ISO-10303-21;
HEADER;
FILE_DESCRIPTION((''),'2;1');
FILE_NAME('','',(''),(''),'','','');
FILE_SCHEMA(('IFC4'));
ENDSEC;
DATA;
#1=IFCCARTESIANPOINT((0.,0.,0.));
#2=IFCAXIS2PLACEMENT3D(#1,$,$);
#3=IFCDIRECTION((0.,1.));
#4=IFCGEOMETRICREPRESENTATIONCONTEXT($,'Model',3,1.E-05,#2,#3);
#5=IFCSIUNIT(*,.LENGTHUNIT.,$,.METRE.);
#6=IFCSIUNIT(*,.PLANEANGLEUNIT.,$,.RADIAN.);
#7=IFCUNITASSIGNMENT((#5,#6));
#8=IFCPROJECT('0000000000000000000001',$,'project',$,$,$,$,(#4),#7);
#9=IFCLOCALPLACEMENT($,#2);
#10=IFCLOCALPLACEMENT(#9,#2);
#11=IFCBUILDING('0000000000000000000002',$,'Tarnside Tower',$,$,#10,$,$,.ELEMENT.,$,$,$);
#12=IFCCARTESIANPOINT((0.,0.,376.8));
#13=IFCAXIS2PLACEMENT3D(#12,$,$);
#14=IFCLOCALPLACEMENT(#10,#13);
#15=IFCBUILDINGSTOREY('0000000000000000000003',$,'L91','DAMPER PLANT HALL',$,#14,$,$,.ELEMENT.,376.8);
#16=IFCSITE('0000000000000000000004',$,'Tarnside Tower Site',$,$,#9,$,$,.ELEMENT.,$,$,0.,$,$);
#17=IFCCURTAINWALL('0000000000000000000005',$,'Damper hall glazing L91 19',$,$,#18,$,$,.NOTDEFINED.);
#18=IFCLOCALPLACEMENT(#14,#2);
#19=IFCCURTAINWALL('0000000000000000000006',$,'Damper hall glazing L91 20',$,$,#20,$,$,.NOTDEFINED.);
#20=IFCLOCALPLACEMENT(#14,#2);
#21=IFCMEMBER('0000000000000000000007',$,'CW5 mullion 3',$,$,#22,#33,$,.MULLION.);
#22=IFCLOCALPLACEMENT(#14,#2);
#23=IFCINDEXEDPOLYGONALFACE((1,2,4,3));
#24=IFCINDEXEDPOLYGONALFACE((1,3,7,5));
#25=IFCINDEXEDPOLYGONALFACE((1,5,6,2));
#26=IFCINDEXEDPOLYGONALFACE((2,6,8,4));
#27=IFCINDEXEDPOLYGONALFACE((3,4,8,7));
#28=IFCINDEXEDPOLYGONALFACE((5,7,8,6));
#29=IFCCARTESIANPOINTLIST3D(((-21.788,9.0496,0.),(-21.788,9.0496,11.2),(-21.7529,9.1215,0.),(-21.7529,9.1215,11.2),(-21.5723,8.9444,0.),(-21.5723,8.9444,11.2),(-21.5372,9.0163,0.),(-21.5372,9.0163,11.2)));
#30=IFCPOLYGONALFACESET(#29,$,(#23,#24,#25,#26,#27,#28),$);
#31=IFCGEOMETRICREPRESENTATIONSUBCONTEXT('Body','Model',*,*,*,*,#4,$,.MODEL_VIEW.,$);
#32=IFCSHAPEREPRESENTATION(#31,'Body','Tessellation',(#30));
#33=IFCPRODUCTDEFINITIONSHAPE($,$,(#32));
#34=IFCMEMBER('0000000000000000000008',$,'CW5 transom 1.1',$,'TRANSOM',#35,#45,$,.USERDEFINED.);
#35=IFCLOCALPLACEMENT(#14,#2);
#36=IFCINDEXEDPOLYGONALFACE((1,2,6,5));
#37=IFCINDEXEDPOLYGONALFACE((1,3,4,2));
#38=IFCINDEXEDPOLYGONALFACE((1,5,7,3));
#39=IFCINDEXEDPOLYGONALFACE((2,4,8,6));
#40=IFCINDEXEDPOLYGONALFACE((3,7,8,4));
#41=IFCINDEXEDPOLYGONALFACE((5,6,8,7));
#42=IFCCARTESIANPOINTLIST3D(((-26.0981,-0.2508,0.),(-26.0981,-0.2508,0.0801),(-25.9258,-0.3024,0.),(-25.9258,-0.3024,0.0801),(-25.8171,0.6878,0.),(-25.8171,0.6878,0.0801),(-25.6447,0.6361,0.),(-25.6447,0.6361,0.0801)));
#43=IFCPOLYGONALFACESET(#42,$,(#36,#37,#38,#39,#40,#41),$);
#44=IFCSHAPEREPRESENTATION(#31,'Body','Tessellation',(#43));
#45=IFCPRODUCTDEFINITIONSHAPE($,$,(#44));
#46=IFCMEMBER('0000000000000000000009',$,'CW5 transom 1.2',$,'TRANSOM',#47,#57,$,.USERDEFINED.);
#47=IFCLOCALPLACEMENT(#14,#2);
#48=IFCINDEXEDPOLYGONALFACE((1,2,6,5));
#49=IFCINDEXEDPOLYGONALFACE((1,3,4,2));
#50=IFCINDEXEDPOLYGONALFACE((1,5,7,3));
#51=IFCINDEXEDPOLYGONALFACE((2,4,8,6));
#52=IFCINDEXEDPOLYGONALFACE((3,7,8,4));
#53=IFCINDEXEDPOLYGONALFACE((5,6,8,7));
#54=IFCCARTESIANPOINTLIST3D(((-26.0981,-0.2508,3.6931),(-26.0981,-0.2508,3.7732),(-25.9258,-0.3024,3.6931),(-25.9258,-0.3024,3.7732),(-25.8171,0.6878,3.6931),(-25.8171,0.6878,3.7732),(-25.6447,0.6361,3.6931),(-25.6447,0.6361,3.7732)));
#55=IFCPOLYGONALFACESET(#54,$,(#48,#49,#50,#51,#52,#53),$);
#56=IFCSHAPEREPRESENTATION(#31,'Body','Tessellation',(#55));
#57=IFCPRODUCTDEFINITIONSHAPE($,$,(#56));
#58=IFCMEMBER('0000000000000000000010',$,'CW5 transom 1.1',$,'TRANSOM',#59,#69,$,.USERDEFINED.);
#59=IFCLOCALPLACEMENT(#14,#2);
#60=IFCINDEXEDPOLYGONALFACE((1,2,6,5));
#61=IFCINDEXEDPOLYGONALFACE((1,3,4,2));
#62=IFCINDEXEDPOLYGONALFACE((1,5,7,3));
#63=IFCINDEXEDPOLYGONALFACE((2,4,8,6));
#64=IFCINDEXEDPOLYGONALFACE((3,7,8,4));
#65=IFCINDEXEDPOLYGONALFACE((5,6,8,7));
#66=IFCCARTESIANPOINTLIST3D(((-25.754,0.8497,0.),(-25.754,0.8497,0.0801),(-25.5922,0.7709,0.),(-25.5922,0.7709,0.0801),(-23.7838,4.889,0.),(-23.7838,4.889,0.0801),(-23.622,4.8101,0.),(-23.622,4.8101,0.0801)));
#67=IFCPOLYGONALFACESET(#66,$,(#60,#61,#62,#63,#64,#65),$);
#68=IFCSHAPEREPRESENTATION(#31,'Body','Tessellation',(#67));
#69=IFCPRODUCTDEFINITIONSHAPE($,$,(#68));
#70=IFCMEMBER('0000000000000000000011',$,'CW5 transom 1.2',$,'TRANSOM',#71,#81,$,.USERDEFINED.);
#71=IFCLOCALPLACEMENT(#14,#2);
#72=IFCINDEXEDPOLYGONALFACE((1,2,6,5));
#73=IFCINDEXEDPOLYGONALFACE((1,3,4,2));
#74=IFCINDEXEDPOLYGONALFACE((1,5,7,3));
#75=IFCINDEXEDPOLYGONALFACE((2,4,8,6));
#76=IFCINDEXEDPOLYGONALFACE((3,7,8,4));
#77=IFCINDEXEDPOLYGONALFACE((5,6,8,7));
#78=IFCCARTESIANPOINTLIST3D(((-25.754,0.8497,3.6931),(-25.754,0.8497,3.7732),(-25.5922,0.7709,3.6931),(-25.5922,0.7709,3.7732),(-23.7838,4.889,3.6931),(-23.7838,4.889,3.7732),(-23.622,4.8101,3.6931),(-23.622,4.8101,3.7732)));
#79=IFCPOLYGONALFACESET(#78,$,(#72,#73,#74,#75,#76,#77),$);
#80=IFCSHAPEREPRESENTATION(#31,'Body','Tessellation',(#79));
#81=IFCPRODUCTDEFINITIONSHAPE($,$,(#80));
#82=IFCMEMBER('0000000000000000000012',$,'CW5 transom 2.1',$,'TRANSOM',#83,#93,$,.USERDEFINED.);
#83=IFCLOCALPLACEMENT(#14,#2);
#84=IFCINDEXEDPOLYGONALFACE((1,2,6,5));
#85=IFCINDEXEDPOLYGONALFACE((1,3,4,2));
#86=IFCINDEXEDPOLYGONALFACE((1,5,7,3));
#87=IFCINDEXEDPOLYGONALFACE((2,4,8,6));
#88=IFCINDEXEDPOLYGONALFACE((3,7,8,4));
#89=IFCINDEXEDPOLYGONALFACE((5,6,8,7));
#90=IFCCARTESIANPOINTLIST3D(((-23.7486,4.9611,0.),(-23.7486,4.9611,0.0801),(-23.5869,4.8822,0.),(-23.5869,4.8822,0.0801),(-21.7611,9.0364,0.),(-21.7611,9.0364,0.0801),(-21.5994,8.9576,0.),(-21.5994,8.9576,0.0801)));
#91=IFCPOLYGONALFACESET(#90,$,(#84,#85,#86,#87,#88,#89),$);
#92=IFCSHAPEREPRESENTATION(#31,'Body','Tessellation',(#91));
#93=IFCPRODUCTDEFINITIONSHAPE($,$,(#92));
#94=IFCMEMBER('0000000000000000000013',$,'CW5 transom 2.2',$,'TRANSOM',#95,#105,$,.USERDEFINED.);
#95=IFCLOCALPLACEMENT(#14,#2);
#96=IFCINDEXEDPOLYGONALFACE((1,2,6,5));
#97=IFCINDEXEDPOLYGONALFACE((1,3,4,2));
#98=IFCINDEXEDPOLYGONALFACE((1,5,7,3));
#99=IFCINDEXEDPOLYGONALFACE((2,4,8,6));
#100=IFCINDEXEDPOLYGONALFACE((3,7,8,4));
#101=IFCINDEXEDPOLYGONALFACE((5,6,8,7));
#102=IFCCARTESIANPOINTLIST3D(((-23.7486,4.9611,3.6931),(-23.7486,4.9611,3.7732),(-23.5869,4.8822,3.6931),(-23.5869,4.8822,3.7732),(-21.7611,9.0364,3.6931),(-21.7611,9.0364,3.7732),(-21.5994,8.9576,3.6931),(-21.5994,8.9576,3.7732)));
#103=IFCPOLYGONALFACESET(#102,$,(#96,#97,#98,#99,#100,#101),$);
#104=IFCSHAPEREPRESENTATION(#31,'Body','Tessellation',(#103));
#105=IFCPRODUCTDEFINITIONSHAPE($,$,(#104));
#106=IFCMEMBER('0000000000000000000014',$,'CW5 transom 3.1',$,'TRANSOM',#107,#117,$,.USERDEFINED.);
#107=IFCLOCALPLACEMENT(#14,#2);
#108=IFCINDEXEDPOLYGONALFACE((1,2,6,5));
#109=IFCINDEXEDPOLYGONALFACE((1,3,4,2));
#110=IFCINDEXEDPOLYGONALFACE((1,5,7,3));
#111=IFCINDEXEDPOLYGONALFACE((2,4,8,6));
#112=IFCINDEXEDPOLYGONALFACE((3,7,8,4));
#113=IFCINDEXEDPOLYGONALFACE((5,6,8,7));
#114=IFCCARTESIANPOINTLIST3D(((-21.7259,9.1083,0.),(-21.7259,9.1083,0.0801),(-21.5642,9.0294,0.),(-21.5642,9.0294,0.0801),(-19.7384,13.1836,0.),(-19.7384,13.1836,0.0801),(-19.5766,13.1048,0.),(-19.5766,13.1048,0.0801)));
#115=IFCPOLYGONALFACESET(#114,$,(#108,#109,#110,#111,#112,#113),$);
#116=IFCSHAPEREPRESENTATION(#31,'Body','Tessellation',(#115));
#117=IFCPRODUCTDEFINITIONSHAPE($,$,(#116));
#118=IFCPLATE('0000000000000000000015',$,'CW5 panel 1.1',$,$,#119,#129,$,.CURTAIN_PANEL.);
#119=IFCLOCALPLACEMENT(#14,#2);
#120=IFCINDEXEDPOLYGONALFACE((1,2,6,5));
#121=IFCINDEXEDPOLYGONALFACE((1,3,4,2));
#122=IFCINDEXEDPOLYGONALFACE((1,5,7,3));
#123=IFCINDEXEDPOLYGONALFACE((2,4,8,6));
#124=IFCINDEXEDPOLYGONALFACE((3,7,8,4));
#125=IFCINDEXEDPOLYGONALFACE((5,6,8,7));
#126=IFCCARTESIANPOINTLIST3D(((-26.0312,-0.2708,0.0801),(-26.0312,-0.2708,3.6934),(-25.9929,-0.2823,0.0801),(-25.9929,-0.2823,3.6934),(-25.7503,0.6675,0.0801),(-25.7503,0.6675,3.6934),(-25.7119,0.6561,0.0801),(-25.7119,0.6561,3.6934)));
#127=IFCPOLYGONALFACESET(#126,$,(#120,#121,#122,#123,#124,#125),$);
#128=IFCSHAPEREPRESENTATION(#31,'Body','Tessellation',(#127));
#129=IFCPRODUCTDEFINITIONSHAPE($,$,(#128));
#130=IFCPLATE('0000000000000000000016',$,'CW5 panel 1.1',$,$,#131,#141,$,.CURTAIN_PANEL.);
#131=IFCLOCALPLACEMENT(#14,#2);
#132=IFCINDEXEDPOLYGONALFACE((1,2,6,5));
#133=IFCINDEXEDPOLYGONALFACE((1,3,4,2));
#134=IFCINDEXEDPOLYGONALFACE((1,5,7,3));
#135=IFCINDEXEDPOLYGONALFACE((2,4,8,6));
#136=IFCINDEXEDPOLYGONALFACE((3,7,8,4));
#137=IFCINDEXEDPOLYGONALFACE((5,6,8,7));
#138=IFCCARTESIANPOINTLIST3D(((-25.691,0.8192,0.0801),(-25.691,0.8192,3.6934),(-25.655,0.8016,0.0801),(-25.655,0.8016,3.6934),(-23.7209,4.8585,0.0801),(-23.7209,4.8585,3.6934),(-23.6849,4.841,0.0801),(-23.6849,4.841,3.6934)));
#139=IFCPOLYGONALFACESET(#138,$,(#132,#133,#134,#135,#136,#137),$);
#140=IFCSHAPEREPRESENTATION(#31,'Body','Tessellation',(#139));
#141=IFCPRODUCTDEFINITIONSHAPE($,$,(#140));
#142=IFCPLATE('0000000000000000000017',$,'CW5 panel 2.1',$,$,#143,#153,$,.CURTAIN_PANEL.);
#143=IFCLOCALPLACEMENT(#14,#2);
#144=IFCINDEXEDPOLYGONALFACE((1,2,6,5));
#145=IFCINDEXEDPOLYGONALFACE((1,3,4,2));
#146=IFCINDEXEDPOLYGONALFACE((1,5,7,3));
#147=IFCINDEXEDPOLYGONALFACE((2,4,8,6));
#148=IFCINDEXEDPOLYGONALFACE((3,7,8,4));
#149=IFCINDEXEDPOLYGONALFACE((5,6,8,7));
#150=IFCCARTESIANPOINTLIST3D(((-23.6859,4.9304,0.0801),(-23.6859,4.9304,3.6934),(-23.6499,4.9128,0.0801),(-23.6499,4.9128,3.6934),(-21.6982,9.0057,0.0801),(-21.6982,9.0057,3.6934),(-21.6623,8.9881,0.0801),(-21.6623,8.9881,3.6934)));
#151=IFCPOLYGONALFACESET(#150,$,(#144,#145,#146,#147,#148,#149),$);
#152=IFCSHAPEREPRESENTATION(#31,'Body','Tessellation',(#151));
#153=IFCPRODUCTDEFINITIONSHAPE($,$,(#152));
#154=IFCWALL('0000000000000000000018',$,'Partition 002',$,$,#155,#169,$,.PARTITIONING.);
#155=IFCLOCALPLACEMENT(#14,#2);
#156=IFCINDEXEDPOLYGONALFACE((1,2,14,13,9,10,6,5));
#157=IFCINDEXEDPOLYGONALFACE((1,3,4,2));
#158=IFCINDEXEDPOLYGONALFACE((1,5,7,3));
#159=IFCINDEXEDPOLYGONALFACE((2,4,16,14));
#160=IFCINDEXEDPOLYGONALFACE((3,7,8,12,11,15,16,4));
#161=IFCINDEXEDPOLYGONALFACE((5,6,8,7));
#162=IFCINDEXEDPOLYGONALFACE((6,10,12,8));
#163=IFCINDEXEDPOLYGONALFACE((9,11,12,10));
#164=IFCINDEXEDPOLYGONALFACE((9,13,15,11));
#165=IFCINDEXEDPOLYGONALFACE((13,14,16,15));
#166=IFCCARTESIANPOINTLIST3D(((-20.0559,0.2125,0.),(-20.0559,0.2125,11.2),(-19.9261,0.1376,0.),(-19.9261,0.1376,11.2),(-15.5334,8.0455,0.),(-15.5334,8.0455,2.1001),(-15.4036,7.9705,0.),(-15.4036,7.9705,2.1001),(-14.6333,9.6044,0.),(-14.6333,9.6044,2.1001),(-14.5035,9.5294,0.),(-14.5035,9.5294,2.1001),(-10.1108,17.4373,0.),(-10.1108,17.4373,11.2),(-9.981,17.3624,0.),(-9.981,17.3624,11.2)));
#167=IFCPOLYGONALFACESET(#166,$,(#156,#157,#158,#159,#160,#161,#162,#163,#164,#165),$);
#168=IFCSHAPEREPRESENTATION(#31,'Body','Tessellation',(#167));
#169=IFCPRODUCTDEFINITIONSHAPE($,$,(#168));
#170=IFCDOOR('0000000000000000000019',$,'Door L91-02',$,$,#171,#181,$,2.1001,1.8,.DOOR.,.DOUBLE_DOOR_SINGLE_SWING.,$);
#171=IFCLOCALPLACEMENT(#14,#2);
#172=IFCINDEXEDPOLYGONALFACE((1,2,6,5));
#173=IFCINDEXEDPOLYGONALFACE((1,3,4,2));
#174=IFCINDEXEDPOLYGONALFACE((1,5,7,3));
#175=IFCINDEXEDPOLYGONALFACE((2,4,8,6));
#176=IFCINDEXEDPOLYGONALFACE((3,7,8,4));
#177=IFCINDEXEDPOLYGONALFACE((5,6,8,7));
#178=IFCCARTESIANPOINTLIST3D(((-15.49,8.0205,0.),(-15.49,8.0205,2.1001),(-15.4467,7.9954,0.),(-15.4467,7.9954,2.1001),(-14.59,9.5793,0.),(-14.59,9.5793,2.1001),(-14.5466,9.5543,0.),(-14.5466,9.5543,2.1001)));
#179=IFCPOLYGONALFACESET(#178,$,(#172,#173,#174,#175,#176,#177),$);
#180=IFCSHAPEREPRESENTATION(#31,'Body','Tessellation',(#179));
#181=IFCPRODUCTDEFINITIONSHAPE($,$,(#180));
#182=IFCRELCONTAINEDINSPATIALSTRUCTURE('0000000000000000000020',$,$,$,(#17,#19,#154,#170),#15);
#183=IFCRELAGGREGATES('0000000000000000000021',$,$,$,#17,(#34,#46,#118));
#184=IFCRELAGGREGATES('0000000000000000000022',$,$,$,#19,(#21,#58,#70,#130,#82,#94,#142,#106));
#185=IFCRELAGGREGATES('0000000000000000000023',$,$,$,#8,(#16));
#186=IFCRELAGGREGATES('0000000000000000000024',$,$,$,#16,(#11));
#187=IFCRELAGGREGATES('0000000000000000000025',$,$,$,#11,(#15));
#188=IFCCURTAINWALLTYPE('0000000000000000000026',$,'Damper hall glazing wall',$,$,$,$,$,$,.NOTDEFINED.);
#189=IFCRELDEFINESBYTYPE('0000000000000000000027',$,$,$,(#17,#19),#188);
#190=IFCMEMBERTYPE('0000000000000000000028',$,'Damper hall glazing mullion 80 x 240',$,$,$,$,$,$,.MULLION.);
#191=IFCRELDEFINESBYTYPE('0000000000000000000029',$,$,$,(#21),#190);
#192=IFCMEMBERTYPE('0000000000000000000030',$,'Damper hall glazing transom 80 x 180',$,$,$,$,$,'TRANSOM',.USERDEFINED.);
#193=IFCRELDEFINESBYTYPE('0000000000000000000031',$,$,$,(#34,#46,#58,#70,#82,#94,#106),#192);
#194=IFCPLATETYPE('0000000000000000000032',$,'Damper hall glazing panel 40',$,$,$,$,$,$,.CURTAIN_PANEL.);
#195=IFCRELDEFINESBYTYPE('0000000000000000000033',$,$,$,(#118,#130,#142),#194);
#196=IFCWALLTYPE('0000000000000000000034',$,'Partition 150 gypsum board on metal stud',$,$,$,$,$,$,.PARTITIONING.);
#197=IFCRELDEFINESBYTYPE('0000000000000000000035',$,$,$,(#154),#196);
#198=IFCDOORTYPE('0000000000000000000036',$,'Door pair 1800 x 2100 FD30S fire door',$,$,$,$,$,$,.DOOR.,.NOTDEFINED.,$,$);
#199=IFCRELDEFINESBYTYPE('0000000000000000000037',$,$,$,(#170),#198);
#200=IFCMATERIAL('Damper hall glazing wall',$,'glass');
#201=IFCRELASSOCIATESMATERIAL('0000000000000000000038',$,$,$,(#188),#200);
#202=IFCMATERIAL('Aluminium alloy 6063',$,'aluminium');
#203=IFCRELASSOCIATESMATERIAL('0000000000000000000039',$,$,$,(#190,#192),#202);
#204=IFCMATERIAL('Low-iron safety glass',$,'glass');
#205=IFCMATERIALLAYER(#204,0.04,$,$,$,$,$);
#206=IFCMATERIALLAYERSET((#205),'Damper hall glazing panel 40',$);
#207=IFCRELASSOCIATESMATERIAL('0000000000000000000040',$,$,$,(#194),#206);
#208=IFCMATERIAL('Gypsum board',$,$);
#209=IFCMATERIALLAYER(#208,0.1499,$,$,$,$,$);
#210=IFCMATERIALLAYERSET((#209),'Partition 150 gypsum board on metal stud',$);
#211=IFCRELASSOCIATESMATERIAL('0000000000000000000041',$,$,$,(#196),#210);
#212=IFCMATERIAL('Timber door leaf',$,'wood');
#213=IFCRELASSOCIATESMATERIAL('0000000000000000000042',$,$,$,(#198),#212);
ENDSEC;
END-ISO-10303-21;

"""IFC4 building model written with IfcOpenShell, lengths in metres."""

from ifc_helpers import new_model, si_unit, direction, frame, frame_2d, origin, origin_2d, place, context, subcontext, project, spatial, rectangle, extrude, material, layer, layer_set, material_profile, profile_set, type_object, element, fill, aggregate, save


model = new_model("IFC4")

# Units and contexts
model_context = context("Model", 3, precision=1e-05, world=origin(), true_north=direction((0.0, 1.0)))
body_context = subcontext(model_context, "Body", "Model", "MODEL_VIEW")
ifc_project = project(units=[si_unit("LENGTHUNIT", "METRE"), si_unit("PLANEANGLEUNIT", "RADIAN")], contexts=[model_context])

# Site, building, storey
site_placement = place(None, origin())
site = spatial("IfcSite", under=ifc_project, at=site_placement, Name="Tarnside Tower Site", CompositionType="ELEMENT", RefElevation=0.0)
building_placement = place(site_placement, origin())
building = spatial("IfcBuilding", under=site, at=building_placement, Name="Tarnside Tower", CompositionType="ELEMENT")
storey_placement = place(building_placement, frame((0.0, 0.0, 376.8)))
storey = spatial("IfcBuildingStorey", under=building, at=storey_placement, Name="L91", Description="DAMPER PLANT HALL", CompositionType="ELEMENT", Elevation=376.8)

# Curtain walls, member
ifc_material_1 = material(Name="Damper hall glazing wall", Category="glass")
curtain_wall_type = type_object("IfcCurtainWallType", Name="Damper hall glazing wall", PredefinedType="NOTDEFINED", material=ifc_material_1)
curtain_wall_1_placement = place(storey_placement, origin())
curtain_wall_1 = element("IfcCurtainWall", 1, at=curtain_wall_1_placement, inside=storey, type_object=curtain_wall_type, Name="Damper hall glazing L91 19", PredefinedType="NOTDEFINED")
ifc_material_2 = material(Name="Aluminium alloy 6063", Category="aluminium")
ifc_material_profile_1 = material_profile(ifc_material_2, rectangle(XDim=0.24, YDim=0.0801, at=origin_2d()), Name="Damper hall glazing mullion 80 x 240")
ifc_profile_set_1 = profile_set([ifc_material_profile_1], Name="Aluminium alloy 6063")
member_type_1 = type_object("IfcMemberType", Name="Damper hall glazing mullion 80 x 240", PredefinedType="MULLION", material=ifc_profile_set_1)
curtain_wall_2_placement = place(storey_placement, origin())
curtain_wall_2 = element("IfcCurtainWall", 2, at=curtain_wall_2_placement, inside=storey, type_object=curtain_wall_type, Name="Damper hall glazing L91 20", PredefinedType="NOTDEFINED")
member_1_placement = place(storey_placement, frame((-21.6626, 9.033, 0.0), z_axis=(0.0, 0.0, 1.0), x_axis=(-0.898794, 0.438371, 0.0)))
member_1 = element("IfcMember", 3, at=member_1_placement, type_object=member_type_1, Name="CW5 mullion 3", PredefinedType="MULLION", context=body_context, shape_type="SweptSolid", body=[
    extrude(rectangle(XDim=0.24, YDim=0.0801, at=origin_2d()), origin(), (0.0, 0.0, 1.0), 11.2),
])

# Members
ifc_material_profile_2 = material_profile(ifc_material_2, rectangle(XDim=0.1799, YDim=0.0801, at=origin_2d()), Name="Damper hall glazing transom 80 x 180")
ifc_profile_set_2 = profile_set([ifc_material_profile_2], Name="Aluminium alloy 6063")
member_type_2 = type_object("IfcMemberType", Name="Damper hall glazing transom 80 x 180", ElementType="TRANSOM", PredefinedType="USERDEFINED", material=ifc_profile_set_2)
member_2_placement = place(storey_placement, frame((-26.012, -0.2766, 0.04), z_axis=(0.286845, 0.957977, 0.0), x_axis=(-0.957977, 0.286845, 0.0)))
member_2 = element("IfcMember", 4, at=member_2_placement, type_object=member_type_2, Name="CW5 transom 1.1", ObjectType="TRANSOM", PredefinedType="USERDEFINED", context=body_context, shape_type="SweptSolid", body=[
    extrude(rectangle(XDim=0.1799, YDim=0.0801, at=origin_2d()), origin(), (0.0, 0.0, 1.0), 0.9797),
])
member_3_placement = place(storey_placement, frame((-26.012, -0.2766, 3.7332), z_axis=(0.286845, 0.957977, 0.0), x_axis=(-0.957977, 0.286845, 0.0)))
member_3 = element("IfcMember", 5, at=member_3_placement, type_object=member_type_2, Name="CW5 transom 1.2", ObjectType="TRANSOM", PredefinedType="USERDEFINED", context=body_context, shape_type="SweptSolid", body=[
    extrude(rectangle(XDim=0.1799, YDim=0.0801, at=origin_2d()), origin(), (0.0, 0.0, 1.0), 0.9797),
])
member_4_placement = place(storey_placement, frame((-25.6731, 0.8103, 0.04), z_axis=(0.438392, 0.898784, 0.0), x_axis=(-0.898784, 0.438392, 0.0)))
member_4 = element("IfcMember", 6, at=member_4_placement, type_object=member_type_2, Name="CW5 transom 1.1", ObjectType="TRANSOM", PredefinedType="USERDEFINED", context=body_context, shape_type="SweptSolid", body=[
    extrude(rectangle(XDim=0.1799, YDim=0.0801, at=origin_2d()), origin(), (0.0, 0.0, 1.0), 4.4941),
])
member_5_placement = place(storey_placement, frame((-25.6731, 0.8103, 3.7332), z_axis=(0.438392, 0.898784, 0.0), x_axis=(-0.898784, 0.438392, 0.0)))
member_5 = element("IfcMember", 7, at=member_5_placement, type_object=member_type_2, Name="CW5 transom 1.2", ObjectType="TRANSOM", PredefinedType="USERDEFINED", context=body_context, shape_type="SweptSolid", body=[
    extrude(rectangle(XDim=0.1799, YDim=0.0801, at=origin_2d()), origin(), (0.0, 0.0, 1.0), 4.4941),
])
member_6_placement = place(storey_placement, frame((-23.6677, 4.9216, 0.04), z_axis=(0.43834, 0.898809, 0.0), x_axis=(-0.898809, 0.43834, 0.0)))
member_6 = element("IfcMember", 8, at=member_6_placement, type_object=member_type_2, Name="CW5 transom 2.1", ObjectType="TRANSOM", PredefinedType="USERDEFINED", context=body_context, shape_type="SweptSolid", body=[
    extrude(rectangle(XDim=0.1799, YDim=0.0801, at=origin_2d()), origin(), (0.0, 0.0, 1.0), 4.5342),
])
member_7_placement = place(storey_placement, frame((-23.6677, 4.9216, 3.7332), z_axis=(0.43834, 0.898809, 0.0), x_axis=(-0.898809, 0.43834, 0.0)))
member_7 = element("IfcMember", 9, at=member_7_placement, type_object=member_type_2, Name="CW5 transom 2.2", ObjectType="TRANSOM", PredefinedType="USERDEFINED", context=body_context, shape_type="SweptSolid", body=[
    extrude(rectangle(XDim=0.1799, YDim=0.0801, at=origin_2d()), origin(), (0.0, 0.0, 1.0), 4.5342),
])
member_8_placement = place(storey_placement, frame((-21.645, 9.0688, 0.04), z_axis=(0.43834, 0.898809, 0.0), x_axis=(-0.898809, 0.43834, 0.0)))
member_8 = element("IfcMember", 10, at=member_8_placement, type_object=member_type_2, Name="CW5 transom 3.1", ObjectType="TRANSOM", PredefinedType="USERDEFINED", context=body_context, shape_type="SweptSolid", body=[
    extrude(rectangle(XDim=0.1799, YDim=0.0801, at=origin_2d()), origin(), (0.0, 0.0, 1.0), 4.5342),
])

# Plates
ifc_material_3 = material(Name="Low-iron safety glass", Category="glass")
ifc_layer_1 = layer(ifc_material_3, 0.04)
ifc_layer_set_1 = layer_set([ifc_layer_1], Name="Damper hall glazing panel 40")
plate_type = type_object("IfcPlateType", Name="Damper hall glazing panel 40", PredefinedType="CURTAIN_PANEL", material=ifc_layer_set_1)
plate_1_placement = place(storey_placement, frame((-25.8716, 0.1926, 0.0801), z_axis=(0.0, 0.0, 1.0), x_axis=(0.286803, 0.95799, 0.0)))
plate_1 = element("IfcPlate", 11, at=plate_1_placement, type_object=plate_type, Name="CW5 panel 1.1", PredefinedType="CURTAIN_PANEL", context=body_context, shape_type="SweptSolid", body=[
    extrude(rectangle(XDim=0.9795, YDim=0.04, at=origin_2d()), origin(), (0.0, 0.0, 1.0), 3.6133),
])
aggregate(curtain_wall_1, [member_2, member_3, plate_1])
plate_2_placement = place(storey_placement, frame((-24.688, 2.8301, 0.0801), z_axis=(0.0, 0.0, 1.0), x_axis=(0.438371, 0.898794, 0.0)))
plate_2 = element("IfcPlate", 12, at=plate_2_placement, type_object=plate_type, Name="CW5 panel 1.1", PredefinedType="CURTAIN_PANEL", context=body_context, shape_type="SweptSolid", body=[
    extrude(rectangle(XDim=4.4941, YDim=0.04, at=origin_2d()), origin(), (0.0, 0.0, 1.0), 3.6133),
])
plate_3_placement = place(storey_placement, frame((-22.6741, 6.9592, 0.0801), z_axis=(0.0, 0.0, 1.0), x_axis=(0.438371, 0.898794, 0.0)))
plate_3 = element("IfcPlate", 13, at=plate_3_placement, type_object=plate_type, Name="CW5 panel 2.1", PredefinedType="CURTAIN_PANEL", context=body_context, shape_type="SweptSolid", body=[
    extrude(rectangle(XDim=4.5342, YDim=0.04, at=origin_2d()), origin(), (0.0, 0.0, 1.0), 3.6133),
])
aggregate(curtain_wall_2, [member_1, member_4, member_5, plate_2, member_6, member_7, plate_3, member_8])

# Wall, opening, door
ifc_material_4 = material(Name="Gypsum board")
ifc_layer_2 = layer(ifc_material_4, 0.1499)
ifc_layer_set_2 = layer_set([ifc_layer_2], Name="Partition 150 gypsum board on metal stud")
wall_type = type_object("IfcWallType", Name="Partition 150 gypsum board on metal stud", PredefinedType="PARTITIONING", material=ifc_layer_set_2)
wall_placement = place(storey_placement, frame((-19.991, 0.175, 0.0), z_axis=(0.0, 0.0, 1.0), x_axis=(0.500011, 0.866019, 0.0)))
wall = element("IfcWall", 14, at=wall_placement, inside=storey, type_object=wall_type, Name="Partition 002", PredefinedType="PARTITIONING", context=body_context, shape_type="SweptSolid", body=[
    extrude(rectangle(XDim=19.8896, YDim=0.1499, at=frame_2d((9.9448, 0.0))), origin(), (0.0, 0.0, 1.0), 11.2),
])
opening_placement = place(wall_placement, frame((9.0449, 0.0, 0.0)))
opening = element("IfcOpeningElement", 15, at=opening_placement, cuts=wall, PredefinedType="OPENING", context=body_context, shape_type="SweptSolid", body=[
    extrude(rectangle(XDim=1.8, YDim=2.1001, at=frame_2d((0.8999, 1.05))), frame((0.0, 0.085, 0.0), z_axis=(0.0, -1.0, 0.0), x_axis=(1.0, 0.0, 0.0)), (0.0, 0.0, 1.0), 0.1699),
])
ifc_material_5 = material(Name="Timber door leaf", Category="wood")
door_type = type_object("IfcDoorType", Name="Door pair 1800 x 2100 FD30S fire door", OperationType="NOTDEFINED", PredefinedType="DOOR", material=ifc_material_5)
door_placement = place(opening_placement, origin())
door = element("IfcDoor", 16, at=door_placement, inside=storey, type_object=door_type, Name="Door L91-02", OperationType="DOUBLE_DOOR_SINGLE_SWING", OverallHeight=2.1001, OverallWidth=1.8, PredefinedType="DOOR", context=body_context, shape_type="SweptSolid", body=[
    extrude(rectangle(XDim=1.8, YDim=2.1001, at=frame_2d((0.8999, 1.05))), frame((0.0, 0.0249, 0.0), z_axis=(0.0, -1.0, 0.0), x_axis=(1.0, 0.0, 0.0)), (0.0, 0.0, 1.0), 0.05),
])
fill(opening, door)

save(model, "model.ifc")
